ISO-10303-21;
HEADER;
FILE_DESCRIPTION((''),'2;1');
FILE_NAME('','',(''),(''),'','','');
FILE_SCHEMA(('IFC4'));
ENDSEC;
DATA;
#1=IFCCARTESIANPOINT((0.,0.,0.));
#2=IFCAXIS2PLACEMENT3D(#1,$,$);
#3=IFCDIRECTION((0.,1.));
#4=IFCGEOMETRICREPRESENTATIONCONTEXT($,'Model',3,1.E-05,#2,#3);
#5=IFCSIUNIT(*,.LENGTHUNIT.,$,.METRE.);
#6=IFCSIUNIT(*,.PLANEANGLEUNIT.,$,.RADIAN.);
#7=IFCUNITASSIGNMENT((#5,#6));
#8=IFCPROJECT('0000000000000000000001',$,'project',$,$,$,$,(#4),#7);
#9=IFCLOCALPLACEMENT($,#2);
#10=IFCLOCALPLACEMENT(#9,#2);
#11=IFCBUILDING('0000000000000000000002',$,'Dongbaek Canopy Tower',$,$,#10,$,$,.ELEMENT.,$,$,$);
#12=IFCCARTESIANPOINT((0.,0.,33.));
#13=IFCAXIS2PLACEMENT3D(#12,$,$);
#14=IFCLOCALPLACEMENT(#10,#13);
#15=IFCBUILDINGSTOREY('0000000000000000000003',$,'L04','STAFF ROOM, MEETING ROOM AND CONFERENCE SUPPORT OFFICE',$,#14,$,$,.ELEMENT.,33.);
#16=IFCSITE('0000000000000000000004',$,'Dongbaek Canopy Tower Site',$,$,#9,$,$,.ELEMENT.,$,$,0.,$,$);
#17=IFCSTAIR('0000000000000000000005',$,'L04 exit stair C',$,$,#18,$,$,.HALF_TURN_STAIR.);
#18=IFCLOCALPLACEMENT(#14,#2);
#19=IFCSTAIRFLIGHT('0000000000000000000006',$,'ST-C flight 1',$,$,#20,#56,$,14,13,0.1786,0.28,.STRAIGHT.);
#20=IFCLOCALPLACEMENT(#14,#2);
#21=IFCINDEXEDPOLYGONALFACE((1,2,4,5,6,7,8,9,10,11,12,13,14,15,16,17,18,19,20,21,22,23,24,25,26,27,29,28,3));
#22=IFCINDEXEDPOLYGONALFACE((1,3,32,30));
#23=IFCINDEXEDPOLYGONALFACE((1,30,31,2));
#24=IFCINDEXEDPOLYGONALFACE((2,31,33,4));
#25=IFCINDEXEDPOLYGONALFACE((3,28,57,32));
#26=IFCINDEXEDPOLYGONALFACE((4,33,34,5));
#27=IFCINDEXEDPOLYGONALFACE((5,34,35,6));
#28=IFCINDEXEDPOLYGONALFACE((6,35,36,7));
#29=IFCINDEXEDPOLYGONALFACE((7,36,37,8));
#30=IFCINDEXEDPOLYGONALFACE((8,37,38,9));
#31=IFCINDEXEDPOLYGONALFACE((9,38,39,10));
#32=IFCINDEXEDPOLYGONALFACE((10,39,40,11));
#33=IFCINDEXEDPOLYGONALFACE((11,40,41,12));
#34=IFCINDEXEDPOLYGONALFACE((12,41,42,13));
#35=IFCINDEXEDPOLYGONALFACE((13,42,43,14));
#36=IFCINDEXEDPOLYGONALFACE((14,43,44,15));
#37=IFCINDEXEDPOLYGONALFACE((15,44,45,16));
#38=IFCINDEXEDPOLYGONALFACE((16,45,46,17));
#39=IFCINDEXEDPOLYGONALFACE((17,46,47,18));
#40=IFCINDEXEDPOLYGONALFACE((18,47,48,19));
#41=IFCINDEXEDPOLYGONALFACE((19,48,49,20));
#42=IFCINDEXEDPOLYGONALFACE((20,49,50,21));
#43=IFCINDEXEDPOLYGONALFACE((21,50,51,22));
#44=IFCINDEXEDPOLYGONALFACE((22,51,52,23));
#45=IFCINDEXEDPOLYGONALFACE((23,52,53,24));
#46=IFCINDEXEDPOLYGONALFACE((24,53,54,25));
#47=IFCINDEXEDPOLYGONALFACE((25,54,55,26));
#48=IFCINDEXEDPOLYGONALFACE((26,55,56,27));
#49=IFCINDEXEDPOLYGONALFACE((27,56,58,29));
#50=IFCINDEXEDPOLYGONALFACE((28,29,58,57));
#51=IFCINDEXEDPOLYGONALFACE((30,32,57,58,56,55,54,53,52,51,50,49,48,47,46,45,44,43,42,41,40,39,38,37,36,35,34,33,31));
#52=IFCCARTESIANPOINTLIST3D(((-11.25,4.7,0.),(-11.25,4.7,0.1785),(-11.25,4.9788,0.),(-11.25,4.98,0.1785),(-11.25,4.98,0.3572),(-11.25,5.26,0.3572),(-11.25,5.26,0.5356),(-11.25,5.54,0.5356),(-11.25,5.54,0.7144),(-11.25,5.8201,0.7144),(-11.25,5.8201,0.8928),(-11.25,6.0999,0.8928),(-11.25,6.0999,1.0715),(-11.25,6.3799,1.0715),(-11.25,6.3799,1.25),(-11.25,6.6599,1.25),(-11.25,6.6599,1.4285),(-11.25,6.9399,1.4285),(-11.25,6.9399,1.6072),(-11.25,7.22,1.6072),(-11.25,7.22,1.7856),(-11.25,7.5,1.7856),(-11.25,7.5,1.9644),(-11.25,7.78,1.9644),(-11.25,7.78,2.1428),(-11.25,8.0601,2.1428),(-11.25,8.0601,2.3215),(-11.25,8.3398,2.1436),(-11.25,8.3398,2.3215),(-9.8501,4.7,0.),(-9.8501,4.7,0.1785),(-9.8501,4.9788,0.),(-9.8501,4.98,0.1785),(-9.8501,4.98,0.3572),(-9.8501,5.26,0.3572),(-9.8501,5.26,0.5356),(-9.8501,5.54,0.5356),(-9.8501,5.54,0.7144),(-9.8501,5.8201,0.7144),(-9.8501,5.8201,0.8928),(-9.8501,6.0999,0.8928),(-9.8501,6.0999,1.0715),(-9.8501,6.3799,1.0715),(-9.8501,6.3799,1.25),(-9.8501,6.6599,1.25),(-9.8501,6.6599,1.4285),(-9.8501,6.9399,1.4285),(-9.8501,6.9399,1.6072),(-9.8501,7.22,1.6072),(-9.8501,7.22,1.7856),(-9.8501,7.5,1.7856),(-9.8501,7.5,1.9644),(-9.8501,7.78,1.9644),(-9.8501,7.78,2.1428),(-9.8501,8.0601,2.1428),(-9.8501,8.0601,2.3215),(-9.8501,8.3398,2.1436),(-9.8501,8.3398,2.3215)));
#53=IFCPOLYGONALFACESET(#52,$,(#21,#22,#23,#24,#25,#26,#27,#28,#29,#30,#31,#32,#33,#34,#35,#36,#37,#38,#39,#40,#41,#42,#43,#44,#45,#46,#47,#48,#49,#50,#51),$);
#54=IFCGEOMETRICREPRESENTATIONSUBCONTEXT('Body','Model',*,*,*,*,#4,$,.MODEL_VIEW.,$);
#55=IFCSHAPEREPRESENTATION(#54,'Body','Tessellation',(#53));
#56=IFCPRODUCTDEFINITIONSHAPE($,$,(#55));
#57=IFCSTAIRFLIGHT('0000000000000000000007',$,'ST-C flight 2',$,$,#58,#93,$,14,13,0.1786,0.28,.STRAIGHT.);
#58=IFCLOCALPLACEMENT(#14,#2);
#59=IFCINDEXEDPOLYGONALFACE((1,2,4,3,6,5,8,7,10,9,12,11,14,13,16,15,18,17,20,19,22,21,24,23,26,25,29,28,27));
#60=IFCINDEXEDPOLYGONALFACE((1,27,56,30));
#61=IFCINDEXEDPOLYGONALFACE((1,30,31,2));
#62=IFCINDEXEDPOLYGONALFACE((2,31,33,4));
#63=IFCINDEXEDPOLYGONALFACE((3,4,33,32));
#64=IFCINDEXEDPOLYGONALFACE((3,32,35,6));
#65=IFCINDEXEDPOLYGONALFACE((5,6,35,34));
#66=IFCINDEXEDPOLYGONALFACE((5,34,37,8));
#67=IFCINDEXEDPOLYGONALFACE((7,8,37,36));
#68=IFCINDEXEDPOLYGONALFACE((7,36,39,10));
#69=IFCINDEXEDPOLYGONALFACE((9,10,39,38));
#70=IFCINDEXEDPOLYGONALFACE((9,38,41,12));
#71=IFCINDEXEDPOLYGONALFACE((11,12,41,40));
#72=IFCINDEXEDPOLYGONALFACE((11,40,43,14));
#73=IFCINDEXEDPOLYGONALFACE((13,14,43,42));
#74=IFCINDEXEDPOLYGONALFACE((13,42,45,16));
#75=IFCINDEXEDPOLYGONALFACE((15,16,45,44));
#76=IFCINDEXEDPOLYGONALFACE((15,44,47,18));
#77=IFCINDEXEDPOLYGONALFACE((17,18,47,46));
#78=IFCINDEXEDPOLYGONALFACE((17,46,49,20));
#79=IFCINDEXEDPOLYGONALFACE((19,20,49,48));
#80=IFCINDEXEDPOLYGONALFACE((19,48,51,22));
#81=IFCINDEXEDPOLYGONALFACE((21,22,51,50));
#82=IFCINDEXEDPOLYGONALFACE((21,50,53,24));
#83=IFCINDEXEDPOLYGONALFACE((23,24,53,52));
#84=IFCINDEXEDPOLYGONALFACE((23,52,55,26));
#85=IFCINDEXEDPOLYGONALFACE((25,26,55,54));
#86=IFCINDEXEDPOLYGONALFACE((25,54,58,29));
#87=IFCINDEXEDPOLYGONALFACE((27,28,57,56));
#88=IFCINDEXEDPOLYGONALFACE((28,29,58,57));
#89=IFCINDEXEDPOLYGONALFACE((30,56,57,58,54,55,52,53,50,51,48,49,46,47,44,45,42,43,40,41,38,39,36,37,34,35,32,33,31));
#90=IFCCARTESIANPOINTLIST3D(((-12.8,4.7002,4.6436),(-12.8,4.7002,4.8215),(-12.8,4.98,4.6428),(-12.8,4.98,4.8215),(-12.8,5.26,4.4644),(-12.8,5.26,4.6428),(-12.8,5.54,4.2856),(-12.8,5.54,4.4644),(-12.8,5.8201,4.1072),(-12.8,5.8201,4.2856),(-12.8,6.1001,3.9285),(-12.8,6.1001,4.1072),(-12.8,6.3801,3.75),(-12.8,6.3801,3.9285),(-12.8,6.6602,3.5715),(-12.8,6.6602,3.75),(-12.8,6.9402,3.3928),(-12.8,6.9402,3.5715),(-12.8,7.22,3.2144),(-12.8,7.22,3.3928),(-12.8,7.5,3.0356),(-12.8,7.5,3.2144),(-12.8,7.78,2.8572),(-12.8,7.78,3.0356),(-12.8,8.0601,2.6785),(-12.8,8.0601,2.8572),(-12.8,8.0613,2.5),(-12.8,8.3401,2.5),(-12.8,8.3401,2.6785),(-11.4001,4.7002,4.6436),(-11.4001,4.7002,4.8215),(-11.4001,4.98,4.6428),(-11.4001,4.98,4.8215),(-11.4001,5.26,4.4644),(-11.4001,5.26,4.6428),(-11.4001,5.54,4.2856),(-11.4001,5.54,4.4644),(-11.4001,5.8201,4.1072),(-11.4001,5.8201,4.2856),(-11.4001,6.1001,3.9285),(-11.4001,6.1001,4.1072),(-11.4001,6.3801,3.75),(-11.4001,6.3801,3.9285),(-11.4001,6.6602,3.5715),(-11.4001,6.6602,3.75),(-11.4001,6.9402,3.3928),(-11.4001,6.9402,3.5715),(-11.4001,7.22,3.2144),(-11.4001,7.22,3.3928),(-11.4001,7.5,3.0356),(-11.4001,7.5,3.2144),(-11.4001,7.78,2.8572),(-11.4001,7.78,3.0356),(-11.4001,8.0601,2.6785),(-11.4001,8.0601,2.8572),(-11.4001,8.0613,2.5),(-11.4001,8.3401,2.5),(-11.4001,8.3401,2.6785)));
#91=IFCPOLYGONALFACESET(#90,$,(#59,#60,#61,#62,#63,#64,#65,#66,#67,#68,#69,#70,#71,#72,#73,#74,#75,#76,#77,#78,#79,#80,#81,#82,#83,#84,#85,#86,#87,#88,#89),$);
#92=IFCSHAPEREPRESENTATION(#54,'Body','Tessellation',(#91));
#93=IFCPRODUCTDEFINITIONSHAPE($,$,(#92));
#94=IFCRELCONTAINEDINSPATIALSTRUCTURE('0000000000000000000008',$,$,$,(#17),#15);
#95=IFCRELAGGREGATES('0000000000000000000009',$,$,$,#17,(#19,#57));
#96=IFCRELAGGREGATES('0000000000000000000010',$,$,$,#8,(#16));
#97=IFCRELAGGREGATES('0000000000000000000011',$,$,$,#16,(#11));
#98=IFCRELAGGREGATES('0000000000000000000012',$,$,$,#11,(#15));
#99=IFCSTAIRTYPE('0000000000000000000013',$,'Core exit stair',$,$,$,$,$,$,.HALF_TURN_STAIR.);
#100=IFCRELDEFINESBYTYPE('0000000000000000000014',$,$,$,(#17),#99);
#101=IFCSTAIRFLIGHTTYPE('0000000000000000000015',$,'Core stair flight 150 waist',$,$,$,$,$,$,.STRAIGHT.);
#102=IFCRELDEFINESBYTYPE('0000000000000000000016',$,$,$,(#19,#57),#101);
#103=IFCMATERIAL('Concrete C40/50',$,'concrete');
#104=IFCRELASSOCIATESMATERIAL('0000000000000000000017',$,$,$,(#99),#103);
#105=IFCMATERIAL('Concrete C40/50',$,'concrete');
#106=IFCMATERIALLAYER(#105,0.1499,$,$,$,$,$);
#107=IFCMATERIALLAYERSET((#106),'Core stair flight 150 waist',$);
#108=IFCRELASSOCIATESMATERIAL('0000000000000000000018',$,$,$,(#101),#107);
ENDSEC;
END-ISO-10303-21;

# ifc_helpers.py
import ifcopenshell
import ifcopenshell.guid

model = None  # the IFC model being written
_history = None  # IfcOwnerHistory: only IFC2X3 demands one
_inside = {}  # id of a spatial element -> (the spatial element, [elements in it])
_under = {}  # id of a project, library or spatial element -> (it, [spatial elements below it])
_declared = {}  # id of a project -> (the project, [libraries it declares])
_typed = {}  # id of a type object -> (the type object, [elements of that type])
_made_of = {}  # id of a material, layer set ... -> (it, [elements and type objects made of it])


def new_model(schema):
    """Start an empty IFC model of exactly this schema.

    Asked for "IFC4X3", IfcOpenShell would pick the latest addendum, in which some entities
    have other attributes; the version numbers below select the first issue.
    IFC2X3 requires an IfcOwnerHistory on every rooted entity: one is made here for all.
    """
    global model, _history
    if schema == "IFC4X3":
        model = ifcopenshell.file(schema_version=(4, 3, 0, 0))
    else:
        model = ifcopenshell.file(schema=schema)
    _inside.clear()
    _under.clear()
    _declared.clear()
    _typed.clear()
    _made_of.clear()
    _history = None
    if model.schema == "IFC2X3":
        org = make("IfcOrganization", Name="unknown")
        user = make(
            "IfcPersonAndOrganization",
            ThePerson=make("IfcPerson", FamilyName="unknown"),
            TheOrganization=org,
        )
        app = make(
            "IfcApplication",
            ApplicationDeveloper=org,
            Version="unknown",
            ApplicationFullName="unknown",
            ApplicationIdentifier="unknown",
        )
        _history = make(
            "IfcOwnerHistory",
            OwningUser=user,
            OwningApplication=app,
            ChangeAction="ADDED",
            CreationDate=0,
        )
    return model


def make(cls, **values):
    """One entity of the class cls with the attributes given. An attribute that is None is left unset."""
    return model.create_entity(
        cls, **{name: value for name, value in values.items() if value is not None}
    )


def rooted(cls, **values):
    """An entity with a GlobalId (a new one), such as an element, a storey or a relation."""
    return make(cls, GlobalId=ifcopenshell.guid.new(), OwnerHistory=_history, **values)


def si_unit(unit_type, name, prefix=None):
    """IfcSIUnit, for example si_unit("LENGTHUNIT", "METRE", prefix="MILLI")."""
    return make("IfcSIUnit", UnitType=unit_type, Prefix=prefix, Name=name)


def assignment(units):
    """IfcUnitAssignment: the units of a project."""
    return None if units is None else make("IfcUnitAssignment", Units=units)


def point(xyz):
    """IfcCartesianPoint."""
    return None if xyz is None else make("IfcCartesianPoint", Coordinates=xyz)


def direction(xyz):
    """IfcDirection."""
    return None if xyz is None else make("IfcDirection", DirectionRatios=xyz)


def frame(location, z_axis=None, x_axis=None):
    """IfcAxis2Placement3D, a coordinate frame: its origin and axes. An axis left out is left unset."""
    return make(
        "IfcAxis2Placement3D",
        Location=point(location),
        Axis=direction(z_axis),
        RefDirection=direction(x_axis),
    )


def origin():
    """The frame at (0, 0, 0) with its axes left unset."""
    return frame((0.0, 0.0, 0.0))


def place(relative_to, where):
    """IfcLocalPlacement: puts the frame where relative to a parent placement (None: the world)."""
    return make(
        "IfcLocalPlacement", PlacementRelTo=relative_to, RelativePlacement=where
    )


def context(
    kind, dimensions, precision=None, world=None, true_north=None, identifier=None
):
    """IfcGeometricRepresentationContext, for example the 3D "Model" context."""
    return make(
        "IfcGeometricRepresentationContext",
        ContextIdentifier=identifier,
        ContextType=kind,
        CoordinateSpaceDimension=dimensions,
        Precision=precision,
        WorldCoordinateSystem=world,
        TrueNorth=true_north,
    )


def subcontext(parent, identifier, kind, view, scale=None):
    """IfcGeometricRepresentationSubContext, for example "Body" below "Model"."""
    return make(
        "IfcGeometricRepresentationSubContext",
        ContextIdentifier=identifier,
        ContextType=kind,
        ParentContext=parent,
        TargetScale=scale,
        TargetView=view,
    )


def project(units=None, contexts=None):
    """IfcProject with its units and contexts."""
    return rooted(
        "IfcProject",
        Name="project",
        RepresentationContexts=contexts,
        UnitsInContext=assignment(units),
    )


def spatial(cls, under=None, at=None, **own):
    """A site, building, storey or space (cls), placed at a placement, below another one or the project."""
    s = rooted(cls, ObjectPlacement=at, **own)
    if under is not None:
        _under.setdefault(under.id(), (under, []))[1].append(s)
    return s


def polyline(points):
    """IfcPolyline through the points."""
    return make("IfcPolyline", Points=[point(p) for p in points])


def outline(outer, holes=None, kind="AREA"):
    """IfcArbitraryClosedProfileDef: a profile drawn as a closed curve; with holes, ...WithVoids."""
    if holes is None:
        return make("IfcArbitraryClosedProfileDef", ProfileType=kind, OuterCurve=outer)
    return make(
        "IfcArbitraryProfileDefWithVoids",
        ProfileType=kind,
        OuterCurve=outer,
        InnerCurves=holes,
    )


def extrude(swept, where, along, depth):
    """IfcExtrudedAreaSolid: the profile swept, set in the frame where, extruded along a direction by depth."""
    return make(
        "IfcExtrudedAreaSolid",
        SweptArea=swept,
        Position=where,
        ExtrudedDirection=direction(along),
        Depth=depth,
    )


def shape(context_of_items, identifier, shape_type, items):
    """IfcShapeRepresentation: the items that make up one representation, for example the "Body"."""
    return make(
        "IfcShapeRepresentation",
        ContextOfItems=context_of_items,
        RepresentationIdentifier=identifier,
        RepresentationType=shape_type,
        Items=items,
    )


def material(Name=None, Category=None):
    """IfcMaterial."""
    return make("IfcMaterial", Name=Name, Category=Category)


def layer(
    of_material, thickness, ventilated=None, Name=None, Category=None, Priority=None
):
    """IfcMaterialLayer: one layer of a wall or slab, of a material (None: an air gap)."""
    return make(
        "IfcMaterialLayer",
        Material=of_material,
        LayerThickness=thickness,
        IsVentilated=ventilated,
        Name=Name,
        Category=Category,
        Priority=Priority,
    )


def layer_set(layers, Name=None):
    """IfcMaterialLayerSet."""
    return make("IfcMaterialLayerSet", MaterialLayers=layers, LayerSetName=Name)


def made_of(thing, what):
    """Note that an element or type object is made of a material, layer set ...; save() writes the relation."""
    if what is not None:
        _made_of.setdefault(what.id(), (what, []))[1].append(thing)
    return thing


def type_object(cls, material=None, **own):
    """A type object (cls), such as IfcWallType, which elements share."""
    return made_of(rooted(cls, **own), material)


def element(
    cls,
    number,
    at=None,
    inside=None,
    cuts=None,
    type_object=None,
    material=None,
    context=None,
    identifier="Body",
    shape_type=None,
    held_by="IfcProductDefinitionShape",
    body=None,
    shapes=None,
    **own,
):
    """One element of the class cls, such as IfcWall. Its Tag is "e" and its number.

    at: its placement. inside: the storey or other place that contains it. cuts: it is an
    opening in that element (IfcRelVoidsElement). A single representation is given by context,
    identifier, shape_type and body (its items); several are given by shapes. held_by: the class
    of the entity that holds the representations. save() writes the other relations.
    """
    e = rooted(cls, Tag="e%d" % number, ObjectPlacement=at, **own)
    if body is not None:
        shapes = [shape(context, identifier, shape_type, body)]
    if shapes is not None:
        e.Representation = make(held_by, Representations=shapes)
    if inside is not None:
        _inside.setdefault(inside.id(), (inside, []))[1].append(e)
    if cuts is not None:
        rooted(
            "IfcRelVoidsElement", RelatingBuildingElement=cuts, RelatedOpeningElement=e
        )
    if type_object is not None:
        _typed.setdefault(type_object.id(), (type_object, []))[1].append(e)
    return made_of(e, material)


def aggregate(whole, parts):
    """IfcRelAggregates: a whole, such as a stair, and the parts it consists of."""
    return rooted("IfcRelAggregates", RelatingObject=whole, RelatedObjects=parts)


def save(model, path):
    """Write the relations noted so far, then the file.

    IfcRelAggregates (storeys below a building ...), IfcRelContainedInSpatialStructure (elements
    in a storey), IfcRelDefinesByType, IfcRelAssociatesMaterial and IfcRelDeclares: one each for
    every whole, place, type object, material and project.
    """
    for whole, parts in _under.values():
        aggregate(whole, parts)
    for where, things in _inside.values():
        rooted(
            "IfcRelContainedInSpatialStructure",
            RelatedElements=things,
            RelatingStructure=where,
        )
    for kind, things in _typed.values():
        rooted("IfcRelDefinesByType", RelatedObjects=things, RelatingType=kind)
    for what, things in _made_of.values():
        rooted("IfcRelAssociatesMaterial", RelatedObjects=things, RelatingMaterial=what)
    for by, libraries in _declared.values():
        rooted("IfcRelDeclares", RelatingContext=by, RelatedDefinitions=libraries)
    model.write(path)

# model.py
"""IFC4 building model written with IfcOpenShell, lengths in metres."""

from ifc_helpers import new_model, si_unit, direction, frame, origin, place, context, subcontext, project, spatial, polyline, outline, extrude, material, layer, layer_set, type_object, element, aggregate, save


model = new_model("IFC4")

# Units and contexts
model_context = context("Model", 3, precision=1e-05, world=origin(), true_north=direction((0.0, 1.0)))
body_context = subcontext(model_context, "Body", "Model", "MODEL_VIEW")
ifc_project = project(units=[si_unit("LENGTHUNIT", "METRE"), si_unit("PLANEANGLEUNIT", "RADIAN")], contexts=[model_context])

# Site, building, storey
site_placement = place(None, origin())
site = spatial("IfcSite", under=ifc_project, at=site_placement, Name="Dongbaek Canopy Tower Site", CompositionType="ELEMENT", RefElevation=0.0)
building_placement = place(site_placement, origin())
building = spatial("IfcBuilding", under=site, at=building_placement, Name="Dongbaek Canopy Tower", CompositionType="ELEMENT")
storey_placement = place(building_placement, frame((0.0, 0.0, 33.0)))
storey = spatial("IfcBuildingStorey", under=building, at=storey_placement, Name="L04", Description="STAFF ROOM, MEETING ROOM AND CONFERENCE SUPPORT OFFICE", CompositionType="ELEMENT", Elevation=33.0)

# Stair, stair flights
ifc_material_1 = material(Name="Concrete C40/50", Category="concrete")
stair_type = type_object("IfcStairType", Name="Core exit stair", PredefinedType="HALF_TURN_STAIR", material=ifc_material_1)
stair_placement = place(storey_placement, origin())
stair = element("IfcStair", 1, at=stair_placement, inside=storey, type_object=stair_type, Name="L04 exit stair C", PredefinedType="HALF_TURN_STAIR")
ifc_material_2 = material(Name="Concrete C40/50", Category="concrete")
ifc_layer_1 = layer(ifc_material_2, 0.1499)
ifc_layer_set_1 = layer_set([ifc_layer_1], Name="Core stair flight 150 waist")
stair_flight_type = type_object("IfcStairFlightType", Name="Core stair flight 150 waist", PredefinedType="STRAIGHT", material=ifc_layer_set_1)
stair_flight_1_placement = place(storey_placement, frame((-10.55, 4.7, 0.0), z_axis=(0.0, 0.0, 1.0), x_axis=(0.0, 1.0, 0.0)))
stair_flight_1 = element("IfcStairFlight", 2, at=stair_flight_1_placement, type_object=stair_flight_type, Name="ST-C flight 1", NumberOfRisers=14, NumberOfTreads=13, PredefinedType="STRAIGHT", RiserHeight=0.1786, TreadLength=0.28, context=body_context, shape_type="SweptSolid", body=[
    extrude(outline(polyline([(0.0, 0.0), (0.0, 0.1785), (0.28, 0.1785), (0.28, 0.3572), (0.5601, 0.3572), (0.5601, 0.5356), (0.8401, 0.5356), (0.8401, 0.7144), (1.1201, 0.7144), (1.1201, 0.8928), (1.3999, 0.8928), (1.3999, 1.0715), (1.6799, 1.0715), (1.6799, 1.25), (1.96, 1.25), (1.96, 1.4285), (2.24, 1.4285), (2.24, 1.6072), (2.52, 1.6072), (2.52, 1.7856), (2.8, 1.7856), (2.8, 1.9644), (3.0801, 1.9644), (3.0801, 2.1428), (3.3601, 2.1428), (3.3601, 2.3215), (3.6399, 2.3215), (3.6399, 2.5), (3.6399, 2.1436), (0.2788, 0.0), (0.0, 0.0)])), frame((0.0, 0.7, 0.0), z_axis=(0.0, -1.0, 0.0), x_axis=(1.0, 0.0, 0.0)), (0.0, 0.0, 1.0), 1.3999),
])
stair_flight_2_placement = place(storey_placement, frame((-12.1001, 8.3401, 2.5), z_axis=(0.0, 0.0, 1.0), x_axis=(0.0, -1.0, 0.0)))
stair_flight_2 = element("IfcStairFlight", 3, at=stair_flight_2_placement, type_object=stair_flight_type, Name="ST-C flight 2", NumberOfRisers=14, NumberOfTreads=13, PredefinedType="STRAIGHT", RiserHeight=0.1786, TreadLength=0.28, context=body_context, shape_type="SweptSolid", body=[
    extrude(outline(polyline([(0.0, 0.0), (0.0, 0.1785), (0.28, 0.1785), (0.28, 0.3572), (0.5601, 0.3572), (0.5601, 0.5356), (0.8401, 0.5356), (0.8401, 0.7144), (1.1201, 0.7144), (1.1201, 0.8928), (1.3999, 0.8928), (1.3999, 1.0715), (1.6799, 1.0715), (1.6799, 1.25), (1.96, 1.25), (1.96, 1.4285), (2.24, 1.4285), (2.24, 1.6072), (2.52, 1.6072), (2.52, 1.7856), (2.8, 1.7856), (2.8, 1.9644), (3.0801, 1.9644), (3.0801, 2.1428), (3.3601, 2.1428), (3.3601, 2.3215), (3.6399, 2.3215), (3.6399, 2.5), (3.6399, 2.1436), (0.2788, 0.0), (0.0, 0.0)])), frame((0.0, 0.7, 0.0), z_axis=(0.0, -1.0, 0.0), x_axis=(1.0, 0.0, 0.0)), (0.0, 0.0, 1.0), 1.3999),
])
aggregate(stair, [stair_flight_1, stair_flight_2])

save(model, "model.ifc")
